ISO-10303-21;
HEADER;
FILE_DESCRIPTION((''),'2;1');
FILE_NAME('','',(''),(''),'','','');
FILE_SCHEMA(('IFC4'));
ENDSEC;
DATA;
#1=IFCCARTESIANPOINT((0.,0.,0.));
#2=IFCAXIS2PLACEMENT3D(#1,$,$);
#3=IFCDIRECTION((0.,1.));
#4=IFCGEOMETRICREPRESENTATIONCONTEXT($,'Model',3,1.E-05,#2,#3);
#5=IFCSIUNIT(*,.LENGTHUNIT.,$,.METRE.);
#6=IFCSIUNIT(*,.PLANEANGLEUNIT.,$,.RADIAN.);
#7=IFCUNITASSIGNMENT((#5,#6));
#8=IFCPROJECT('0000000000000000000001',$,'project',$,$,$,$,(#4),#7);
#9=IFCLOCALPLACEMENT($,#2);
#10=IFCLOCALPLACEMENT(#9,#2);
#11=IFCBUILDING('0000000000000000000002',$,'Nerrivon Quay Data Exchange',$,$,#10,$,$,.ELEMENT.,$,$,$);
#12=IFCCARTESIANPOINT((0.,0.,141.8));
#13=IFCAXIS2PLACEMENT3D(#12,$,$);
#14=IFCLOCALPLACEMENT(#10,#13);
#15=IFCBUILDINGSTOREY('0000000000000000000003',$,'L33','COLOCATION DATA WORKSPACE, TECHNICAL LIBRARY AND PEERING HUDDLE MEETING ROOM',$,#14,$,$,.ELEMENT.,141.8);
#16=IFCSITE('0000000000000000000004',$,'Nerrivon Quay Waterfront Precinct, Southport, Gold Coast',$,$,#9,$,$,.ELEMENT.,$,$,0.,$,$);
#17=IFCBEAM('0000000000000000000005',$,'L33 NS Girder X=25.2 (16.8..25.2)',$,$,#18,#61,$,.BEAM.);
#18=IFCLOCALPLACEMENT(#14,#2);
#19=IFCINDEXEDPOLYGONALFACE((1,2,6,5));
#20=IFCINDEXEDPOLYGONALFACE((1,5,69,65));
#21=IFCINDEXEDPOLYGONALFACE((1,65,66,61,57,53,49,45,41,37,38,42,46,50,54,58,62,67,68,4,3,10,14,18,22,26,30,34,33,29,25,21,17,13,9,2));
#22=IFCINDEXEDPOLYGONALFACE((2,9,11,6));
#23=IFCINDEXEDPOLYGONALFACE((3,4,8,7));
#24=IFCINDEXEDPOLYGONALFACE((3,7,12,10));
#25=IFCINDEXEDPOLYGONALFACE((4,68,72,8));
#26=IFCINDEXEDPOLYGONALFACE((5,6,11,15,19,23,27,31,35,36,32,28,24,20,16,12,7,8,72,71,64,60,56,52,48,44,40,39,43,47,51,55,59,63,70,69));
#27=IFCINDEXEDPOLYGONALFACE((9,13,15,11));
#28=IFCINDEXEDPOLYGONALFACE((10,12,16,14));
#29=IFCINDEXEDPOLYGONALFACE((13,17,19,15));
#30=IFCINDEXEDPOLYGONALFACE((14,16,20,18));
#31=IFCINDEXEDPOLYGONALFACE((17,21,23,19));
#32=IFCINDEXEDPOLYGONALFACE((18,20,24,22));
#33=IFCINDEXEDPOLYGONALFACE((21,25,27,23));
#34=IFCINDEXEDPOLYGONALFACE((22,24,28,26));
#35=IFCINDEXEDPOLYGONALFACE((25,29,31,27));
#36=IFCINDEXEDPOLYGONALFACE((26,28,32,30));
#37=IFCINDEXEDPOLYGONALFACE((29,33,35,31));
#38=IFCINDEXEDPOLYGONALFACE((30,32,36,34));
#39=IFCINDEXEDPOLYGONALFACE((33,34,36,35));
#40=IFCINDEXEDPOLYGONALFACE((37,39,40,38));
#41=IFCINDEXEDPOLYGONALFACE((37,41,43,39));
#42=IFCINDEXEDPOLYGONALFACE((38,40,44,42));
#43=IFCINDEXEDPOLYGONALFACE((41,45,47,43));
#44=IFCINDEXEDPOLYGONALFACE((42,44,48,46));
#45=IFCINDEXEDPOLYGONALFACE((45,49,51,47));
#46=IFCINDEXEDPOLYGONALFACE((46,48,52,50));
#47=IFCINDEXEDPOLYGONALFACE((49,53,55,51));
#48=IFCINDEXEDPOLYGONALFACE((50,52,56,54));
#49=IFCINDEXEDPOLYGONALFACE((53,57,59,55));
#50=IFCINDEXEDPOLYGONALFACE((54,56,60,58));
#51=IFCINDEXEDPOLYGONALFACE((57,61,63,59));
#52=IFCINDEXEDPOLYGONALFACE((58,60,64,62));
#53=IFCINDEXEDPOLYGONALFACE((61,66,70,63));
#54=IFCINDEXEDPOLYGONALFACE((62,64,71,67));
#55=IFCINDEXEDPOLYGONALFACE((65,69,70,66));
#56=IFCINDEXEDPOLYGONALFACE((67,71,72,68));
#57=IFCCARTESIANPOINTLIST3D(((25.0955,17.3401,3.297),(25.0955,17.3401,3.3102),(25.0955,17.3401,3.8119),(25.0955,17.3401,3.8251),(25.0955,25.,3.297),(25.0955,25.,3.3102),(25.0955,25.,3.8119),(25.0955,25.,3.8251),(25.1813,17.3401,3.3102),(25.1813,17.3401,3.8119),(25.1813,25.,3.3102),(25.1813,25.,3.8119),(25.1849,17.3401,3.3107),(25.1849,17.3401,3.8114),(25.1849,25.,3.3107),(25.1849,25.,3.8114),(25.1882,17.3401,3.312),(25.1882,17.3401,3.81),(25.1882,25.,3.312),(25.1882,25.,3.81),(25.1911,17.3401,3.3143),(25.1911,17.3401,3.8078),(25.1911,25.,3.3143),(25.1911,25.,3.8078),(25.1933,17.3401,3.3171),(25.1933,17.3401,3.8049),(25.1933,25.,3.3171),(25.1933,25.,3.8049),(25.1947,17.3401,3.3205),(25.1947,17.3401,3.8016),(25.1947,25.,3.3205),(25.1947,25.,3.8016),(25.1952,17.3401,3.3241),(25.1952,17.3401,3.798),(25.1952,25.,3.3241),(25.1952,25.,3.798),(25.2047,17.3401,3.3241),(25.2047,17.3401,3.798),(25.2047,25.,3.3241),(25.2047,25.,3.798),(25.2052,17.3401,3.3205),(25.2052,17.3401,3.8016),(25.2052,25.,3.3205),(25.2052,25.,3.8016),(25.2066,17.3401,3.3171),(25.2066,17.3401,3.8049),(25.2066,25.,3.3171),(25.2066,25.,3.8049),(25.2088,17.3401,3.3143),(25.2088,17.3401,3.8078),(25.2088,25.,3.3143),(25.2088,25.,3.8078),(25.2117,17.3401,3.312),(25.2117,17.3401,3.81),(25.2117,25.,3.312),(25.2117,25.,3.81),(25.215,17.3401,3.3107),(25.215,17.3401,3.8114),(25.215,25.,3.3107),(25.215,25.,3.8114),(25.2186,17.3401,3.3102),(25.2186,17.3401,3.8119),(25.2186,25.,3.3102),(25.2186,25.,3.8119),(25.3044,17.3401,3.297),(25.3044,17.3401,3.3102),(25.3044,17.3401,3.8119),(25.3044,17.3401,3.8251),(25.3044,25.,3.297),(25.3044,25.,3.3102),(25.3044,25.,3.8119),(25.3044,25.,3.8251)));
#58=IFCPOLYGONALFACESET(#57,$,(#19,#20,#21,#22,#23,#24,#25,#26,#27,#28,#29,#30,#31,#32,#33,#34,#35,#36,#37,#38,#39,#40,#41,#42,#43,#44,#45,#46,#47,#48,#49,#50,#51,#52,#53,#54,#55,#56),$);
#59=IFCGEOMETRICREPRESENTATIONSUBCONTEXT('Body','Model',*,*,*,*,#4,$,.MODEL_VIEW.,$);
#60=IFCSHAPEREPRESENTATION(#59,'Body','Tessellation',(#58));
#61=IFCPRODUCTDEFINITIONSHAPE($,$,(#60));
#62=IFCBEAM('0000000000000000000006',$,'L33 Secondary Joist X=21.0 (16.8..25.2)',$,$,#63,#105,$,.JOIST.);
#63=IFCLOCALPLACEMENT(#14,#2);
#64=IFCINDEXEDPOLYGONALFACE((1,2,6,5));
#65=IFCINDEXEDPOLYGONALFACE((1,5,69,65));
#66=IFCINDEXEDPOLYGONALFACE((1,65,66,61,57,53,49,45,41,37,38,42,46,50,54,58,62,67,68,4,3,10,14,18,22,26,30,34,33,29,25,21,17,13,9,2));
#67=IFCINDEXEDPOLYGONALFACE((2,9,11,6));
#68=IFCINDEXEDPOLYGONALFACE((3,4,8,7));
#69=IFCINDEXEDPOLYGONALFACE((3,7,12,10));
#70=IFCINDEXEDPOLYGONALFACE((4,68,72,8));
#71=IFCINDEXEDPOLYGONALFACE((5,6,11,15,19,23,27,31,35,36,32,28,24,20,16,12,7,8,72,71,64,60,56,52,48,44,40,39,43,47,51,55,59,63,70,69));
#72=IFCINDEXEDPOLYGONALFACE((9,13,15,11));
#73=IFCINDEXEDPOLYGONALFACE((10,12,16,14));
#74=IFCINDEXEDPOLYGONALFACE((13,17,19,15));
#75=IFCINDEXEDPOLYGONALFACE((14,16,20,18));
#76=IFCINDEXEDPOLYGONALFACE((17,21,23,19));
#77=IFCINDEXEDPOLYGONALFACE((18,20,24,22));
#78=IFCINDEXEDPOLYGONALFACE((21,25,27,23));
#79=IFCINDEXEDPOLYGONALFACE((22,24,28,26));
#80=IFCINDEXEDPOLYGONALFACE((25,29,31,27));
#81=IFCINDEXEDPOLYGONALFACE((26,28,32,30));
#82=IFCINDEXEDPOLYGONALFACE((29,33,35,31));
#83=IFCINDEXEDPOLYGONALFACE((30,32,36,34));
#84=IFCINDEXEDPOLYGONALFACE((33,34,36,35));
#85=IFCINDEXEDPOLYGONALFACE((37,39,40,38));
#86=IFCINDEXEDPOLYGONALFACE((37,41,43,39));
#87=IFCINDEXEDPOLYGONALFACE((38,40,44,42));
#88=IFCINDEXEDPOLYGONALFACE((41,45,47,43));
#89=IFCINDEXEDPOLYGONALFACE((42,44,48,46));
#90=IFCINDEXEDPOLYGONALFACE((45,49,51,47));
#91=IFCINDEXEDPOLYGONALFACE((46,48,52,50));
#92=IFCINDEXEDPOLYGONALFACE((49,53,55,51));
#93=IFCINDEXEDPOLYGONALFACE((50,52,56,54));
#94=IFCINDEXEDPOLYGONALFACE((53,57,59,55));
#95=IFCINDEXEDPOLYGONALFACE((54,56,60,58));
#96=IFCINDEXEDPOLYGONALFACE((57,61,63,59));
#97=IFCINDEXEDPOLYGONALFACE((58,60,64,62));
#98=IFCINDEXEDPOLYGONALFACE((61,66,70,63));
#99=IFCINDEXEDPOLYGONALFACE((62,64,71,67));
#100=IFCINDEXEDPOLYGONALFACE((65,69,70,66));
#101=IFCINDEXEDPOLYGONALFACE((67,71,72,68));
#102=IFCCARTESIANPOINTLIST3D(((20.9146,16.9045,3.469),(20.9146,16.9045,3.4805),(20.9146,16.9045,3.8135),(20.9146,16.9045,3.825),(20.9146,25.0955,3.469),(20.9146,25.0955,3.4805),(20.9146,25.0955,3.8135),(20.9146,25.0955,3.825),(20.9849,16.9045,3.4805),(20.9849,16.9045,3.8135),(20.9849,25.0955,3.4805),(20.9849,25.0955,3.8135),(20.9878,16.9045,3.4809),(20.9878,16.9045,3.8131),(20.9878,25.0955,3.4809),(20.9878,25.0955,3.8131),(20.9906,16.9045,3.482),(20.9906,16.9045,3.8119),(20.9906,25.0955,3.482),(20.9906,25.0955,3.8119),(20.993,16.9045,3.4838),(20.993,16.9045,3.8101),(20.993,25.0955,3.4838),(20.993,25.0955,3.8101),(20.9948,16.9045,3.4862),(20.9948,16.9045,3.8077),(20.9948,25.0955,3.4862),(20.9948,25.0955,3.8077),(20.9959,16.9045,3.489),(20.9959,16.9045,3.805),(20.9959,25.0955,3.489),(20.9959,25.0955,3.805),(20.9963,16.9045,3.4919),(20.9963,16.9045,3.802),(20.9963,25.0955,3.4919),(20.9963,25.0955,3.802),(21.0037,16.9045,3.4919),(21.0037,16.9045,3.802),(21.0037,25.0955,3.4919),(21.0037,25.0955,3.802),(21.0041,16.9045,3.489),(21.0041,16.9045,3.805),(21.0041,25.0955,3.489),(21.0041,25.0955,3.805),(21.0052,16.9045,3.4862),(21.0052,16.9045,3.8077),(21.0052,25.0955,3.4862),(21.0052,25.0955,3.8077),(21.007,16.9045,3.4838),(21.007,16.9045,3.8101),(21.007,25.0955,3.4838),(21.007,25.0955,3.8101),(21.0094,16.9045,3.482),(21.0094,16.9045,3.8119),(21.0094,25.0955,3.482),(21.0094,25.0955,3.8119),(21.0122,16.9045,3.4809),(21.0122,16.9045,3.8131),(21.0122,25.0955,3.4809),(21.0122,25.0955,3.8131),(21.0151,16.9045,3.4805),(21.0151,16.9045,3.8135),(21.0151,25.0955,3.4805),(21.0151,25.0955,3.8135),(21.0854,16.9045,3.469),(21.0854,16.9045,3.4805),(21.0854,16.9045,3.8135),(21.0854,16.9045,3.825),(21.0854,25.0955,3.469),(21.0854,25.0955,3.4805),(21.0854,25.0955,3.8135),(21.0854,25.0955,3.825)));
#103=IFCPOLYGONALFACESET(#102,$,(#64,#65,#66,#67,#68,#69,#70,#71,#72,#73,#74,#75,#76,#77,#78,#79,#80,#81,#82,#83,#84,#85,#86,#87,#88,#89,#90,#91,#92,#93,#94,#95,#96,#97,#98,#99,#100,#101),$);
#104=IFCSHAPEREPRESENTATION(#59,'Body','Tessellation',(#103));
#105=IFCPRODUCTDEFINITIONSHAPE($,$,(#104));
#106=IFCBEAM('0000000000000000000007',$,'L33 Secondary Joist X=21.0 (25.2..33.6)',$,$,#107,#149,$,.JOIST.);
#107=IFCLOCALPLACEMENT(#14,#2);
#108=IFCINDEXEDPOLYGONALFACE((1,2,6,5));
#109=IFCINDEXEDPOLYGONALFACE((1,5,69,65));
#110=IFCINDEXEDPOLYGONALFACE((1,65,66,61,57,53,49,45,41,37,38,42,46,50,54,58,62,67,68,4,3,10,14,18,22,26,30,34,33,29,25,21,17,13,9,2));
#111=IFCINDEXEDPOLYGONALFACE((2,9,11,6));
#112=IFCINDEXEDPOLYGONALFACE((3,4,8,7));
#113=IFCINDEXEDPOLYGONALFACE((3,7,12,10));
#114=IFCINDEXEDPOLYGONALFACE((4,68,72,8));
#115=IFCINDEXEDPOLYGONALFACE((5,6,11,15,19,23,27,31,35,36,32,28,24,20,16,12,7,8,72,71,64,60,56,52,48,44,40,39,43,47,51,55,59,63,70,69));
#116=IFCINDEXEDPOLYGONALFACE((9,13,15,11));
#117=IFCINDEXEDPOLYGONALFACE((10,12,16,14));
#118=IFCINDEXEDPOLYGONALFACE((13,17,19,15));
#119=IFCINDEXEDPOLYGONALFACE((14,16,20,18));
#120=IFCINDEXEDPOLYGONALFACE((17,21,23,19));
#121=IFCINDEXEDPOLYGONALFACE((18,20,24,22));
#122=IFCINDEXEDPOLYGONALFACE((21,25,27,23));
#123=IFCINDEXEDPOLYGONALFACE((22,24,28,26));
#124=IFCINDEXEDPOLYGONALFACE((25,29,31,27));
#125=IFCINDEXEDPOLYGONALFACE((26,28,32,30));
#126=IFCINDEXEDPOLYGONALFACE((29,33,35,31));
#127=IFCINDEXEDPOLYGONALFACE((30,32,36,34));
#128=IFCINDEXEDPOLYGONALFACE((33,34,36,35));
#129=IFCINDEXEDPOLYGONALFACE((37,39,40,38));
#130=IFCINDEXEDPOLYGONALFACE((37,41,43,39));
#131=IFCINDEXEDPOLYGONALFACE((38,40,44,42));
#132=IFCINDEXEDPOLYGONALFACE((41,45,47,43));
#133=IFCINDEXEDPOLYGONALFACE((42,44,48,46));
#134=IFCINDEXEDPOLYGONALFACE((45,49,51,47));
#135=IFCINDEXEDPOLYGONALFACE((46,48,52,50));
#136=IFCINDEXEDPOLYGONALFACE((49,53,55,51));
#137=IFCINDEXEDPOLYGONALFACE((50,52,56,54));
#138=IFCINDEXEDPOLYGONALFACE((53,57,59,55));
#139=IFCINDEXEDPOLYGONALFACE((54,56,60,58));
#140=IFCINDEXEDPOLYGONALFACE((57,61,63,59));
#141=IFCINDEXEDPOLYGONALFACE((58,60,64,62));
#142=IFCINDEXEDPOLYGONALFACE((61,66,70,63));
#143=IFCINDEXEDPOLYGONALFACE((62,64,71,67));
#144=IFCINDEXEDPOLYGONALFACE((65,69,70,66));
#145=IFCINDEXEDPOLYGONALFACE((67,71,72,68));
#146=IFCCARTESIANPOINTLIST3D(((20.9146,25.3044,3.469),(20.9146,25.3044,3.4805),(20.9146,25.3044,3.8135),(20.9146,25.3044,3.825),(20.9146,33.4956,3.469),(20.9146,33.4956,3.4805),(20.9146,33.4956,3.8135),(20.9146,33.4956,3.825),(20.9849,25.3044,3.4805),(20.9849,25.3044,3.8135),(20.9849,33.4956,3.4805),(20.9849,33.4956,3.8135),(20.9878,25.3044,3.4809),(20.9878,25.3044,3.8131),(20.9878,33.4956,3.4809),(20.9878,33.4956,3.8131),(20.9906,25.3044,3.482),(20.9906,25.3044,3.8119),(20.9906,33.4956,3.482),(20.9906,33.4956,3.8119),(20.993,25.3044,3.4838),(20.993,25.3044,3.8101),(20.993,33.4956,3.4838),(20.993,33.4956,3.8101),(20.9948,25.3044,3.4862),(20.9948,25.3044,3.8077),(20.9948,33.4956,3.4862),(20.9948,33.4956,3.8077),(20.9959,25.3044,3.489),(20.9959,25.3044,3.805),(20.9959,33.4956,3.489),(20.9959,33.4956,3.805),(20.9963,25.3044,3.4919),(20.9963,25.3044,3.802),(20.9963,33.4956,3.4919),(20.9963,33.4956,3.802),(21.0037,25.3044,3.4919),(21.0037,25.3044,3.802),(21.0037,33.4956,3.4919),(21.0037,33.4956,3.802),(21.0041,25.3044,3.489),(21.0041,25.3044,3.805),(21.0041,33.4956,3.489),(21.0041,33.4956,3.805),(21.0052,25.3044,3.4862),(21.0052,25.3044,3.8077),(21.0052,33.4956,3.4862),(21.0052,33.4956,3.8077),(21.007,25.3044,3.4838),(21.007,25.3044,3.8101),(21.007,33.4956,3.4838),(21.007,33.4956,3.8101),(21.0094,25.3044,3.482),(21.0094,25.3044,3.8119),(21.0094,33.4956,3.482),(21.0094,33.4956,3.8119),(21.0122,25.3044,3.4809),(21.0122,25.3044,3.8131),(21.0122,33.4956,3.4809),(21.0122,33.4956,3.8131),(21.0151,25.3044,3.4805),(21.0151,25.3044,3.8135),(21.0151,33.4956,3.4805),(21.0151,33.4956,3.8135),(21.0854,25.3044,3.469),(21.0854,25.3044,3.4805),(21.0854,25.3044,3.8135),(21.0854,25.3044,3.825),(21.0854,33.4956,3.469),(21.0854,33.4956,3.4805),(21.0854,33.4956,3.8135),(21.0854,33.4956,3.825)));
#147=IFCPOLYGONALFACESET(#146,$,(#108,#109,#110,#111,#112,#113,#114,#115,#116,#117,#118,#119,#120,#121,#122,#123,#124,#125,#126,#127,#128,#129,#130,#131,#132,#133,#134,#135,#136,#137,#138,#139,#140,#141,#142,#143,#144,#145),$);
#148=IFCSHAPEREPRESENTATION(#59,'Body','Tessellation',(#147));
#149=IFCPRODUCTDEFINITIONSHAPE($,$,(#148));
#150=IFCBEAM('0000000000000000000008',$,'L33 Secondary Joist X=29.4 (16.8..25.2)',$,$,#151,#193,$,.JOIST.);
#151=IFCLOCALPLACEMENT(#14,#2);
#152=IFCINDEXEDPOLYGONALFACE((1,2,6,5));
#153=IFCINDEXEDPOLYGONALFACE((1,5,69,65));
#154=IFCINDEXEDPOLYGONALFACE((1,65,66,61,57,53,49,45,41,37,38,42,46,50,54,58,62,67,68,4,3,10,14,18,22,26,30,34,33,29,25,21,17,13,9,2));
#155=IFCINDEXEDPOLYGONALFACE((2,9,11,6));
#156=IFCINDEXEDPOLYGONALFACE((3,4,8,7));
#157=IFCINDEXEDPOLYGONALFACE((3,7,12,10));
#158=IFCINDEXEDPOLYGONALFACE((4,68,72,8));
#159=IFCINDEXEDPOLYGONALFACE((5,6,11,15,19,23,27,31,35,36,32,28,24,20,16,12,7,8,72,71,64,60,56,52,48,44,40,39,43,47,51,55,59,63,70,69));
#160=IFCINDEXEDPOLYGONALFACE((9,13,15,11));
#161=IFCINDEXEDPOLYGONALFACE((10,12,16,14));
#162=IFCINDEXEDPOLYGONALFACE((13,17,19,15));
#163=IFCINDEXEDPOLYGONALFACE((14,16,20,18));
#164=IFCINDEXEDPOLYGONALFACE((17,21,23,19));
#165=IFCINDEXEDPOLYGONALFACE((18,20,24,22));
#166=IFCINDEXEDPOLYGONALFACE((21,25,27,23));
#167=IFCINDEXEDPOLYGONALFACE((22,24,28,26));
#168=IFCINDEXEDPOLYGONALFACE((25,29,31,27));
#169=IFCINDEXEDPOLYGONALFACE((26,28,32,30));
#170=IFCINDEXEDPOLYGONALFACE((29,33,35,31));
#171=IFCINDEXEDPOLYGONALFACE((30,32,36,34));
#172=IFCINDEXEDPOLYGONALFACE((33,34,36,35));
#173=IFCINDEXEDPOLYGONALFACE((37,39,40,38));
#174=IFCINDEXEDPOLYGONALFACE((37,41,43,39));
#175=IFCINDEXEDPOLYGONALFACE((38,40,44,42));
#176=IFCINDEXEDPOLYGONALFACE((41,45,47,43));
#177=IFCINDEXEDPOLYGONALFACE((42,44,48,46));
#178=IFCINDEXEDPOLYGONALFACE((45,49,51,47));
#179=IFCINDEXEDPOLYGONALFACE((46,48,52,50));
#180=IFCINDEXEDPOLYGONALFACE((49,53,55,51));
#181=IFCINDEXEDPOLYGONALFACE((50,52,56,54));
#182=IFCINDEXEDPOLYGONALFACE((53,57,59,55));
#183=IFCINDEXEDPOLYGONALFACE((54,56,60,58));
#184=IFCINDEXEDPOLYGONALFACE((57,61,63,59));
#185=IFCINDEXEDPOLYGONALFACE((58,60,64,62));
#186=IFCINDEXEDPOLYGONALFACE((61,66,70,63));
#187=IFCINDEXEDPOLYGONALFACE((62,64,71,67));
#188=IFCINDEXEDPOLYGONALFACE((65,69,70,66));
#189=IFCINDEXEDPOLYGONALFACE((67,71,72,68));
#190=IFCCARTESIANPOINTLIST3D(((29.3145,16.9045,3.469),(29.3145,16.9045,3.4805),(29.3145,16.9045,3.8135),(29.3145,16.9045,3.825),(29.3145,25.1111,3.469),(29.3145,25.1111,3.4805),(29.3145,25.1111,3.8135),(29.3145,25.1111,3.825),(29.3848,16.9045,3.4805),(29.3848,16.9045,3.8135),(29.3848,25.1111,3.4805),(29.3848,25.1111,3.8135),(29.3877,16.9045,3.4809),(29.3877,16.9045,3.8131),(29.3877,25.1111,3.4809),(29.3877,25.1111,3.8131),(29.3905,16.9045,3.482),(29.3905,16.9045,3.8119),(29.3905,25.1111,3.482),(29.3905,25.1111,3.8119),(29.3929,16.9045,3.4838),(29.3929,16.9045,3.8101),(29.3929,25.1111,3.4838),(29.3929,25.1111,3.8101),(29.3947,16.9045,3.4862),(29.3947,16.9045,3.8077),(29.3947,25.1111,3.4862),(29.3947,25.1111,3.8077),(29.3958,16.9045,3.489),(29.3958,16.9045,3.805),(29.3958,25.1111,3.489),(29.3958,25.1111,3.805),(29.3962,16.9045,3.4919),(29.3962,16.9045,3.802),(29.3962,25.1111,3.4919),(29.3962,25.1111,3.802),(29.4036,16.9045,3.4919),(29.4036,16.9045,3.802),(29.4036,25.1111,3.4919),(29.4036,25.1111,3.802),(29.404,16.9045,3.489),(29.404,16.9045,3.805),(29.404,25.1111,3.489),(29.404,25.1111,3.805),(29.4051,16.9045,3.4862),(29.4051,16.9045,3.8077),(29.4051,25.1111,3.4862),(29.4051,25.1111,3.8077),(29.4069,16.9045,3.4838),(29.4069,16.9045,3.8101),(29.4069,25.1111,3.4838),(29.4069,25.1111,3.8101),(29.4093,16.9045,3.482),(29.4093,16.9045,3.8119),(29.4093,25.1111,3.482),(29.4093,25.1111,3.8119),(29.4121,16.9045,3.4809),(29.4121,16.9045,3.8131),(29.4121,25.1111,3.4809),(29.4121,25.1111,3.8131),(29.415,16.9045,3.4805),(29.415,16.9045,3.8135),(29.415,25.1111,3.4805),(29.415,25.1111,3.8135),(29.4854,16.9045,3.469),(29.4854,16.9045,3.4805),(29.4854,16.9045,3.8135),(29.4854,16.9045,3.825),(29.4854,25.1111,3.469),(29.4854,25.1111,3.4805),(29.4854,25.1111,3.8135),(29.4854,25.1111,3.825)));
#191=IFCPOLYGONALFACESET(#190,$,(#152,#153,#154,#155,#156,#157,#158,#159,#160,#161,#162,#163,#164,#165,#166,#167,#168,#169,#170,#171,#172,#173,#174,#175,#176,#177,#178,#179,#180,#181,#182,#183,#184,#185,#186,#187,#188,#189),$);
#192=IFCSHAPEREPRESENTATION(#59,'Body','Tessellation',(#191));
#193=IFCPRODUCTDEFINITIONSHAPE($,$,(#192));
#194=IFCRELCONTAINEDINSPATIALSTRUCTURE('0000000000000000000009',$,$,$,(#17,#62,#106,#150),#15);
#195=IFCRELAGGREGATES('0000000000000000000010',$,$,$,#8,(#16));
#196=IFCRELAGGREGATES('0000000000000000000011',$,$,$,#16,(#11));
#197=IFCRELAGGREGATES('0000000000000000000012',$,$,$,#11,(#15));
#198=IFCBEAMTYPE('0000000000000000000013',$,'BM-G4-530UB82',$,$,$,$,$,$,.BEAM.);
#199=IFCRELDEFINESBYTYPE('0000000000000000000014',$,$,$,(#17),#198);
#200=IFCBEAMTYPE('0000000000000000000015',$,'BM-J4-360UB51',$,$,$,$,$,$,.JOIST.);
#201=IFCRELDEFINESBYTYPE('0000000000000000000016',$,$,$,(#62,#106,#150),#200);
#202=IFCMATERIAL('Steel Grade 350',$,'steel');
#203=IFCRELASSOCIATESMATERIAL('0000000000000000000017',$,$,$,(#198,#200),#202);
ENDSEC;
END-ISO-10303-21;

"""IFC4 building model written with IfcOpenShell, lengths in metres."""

from ifc_helpers import new_model, si_unit, direction, frame, origin, origin_2d, place, context, subcontext, project, spatial, i_section, extrude, material, material_profile, profile_set, type_object, element, save


model = new_model("IFC4")

# Units and contexts
model_context = context("Model", 3, precision=1e-05, world=origin(), true_north=direction((0.0, 1.0)))
body_context = subcontext(model_context, "Body", "Model", "MODEL_VIEW")
ifc_project = project(units=[si_unit("LENGTHUNIT", "METRE"), si_unit("PLANEANGLEUNIT", "RADIAN")], contexts=[model_context])

# Site, building, storey
site_placement = place(None, origin())
site = spatial("IfcSite", under=ifc_project, at=site_placement, Name="Nerrivon Quay Waterfront Precinct, Southport, Gold Coast", CompositionType="ELEMENT", RefElevation=0.0)
building_placement = place(site_placement, origin())
building = spatial("IfcBuilding", under=site, at=building_placement, Name="Nerrivon Quay Data Exchange", CompositionType="ELEMENT")
storey_placement = place(building_placement, frame((0.0, 0.0, 141.8)))
storey = spatial("IfcBuildingStorey", under=building, at=storey_placement, Name="L33", Description="COLOCATION DATA WORKSPACE, TECHNICAL LIBRARY AND PEERING HUDDLE MEETING ROOM", CompositionType="ELEMENT", Elevation=141.8)

# Shared definitions
ifc_material_1 = material(Name="Steel Grade 350", Category="steel")

# Beams
ifc_material_profile_1 = material_profile(ifc_material_1, i_section(OverallWidth=0.209, OverallDepth=0.5281, WebThickness=0.0095, FlangeThickness=0.0132, FilletRadius=0.0139, at=origin_2d()), Name="530UB82.0")
ifc_profile_set_1 = profile_set([ifc_material_profile_1], Name="Steel Grade 350")
beam_type_1 = type_object("IfcBeamType", Name="BM-G4-530UB82", PredefinedType="BEAM", material=ifc_profile_set_1)
beam_1_placement = place(storey_placement, frame((25.2, 17.3401, 3.561), z_axis=(0.0, 1.0, 0.0), x_axis=(-1.0, 0.0, 0.0)))
element("IfcBeam", 1, at=beam_1_placement, inside=storey, type_object=beam_type_1, Name="L33 NS Girder X=25.2 (16.8..25.2)", PredefinedType="BEAM", context=body_context, shape_type="SweptSolid", body=[
    extrude(i_section(OverallWidth=0.209, OverallDepth=0.5281, WebThickness=0.0095, FlangeThickness=0.0132, FilletRadius=0.0139, at=origin_2d()), origin(), (0.0, 0.0, 1.0), 7.6599),
])
ifc_material_profile_2 = material_profile(ifc_material_1, i_section(OverallWidth=0.1709, OverallDepth=0.356, WebThickness=0.0073, FlangeThickness=0.0115, FilletRadius=0.0115, at=origin_2d()), Name="360UB50.7")
ifc_profile_set_2 = profile_set([ifc_material_profile_2], Name="Steel Grade 350")
beam_type_2 = type_object("IfcBeamType", Name="BM-J4-360UB51", PredefinedType="JOIST", material=ifc_profile_set_2)
beam_2_placement = place(storey_placement, frame((21.0, 16.9045, 3.647), z_axis=(0.0, 1.0, 0.0), x_axis=(-1.0, 0.0, 0.0)))
element("IfcBeam", 2, at=beam_2_placement, inside=storey, type_object=beam_type_2, Name="L33 Secondary Joist X=21.0 (16.8..25.2)", PredefinedType="JOIST", context=body_context, shape_type="SweptSolid", body=[
    extrude(i_section(OverallWidth=0.1709, OverallDepth=0.356, WebThickness=0.0073, FlangeThickness=0.0115, FilletRadius=0.0115, at=origin_2d()), origin(), (0.0, 0.0, 1.0), 8.1909),
])
beam_3_placement = place(storey_placement, frame((21.0, 25.3044, 3.647), z_axis=(0.0, 1.0, 0.0), x_axis=(-1.0, 0.0, 0.0)))
element("IfcBeam", 3, at=beam_3_placement, inside=storey, type_object=beam_type_2, Name="L33 Secondary Joist X=21.0 (25.2..33.6)", PredefinedType="JOIST", context=body_context, shape_type="SweptSolid", body=[
    extrude(i_section(OverallWidth=0.1709, OverallDepth=0.356, WebThickness=0.0073, FlangeThickness=0.0115, FilletRadius=0.0115, at=origin_2d()), origin(), (0.0, 0.0, 1.0), 8.1912),
])
beam_4_placement = place(storey_placement, frame((29.3999, 16.9045, 3.647), z_axis=(0.0, 1.0, 0.0), x_axis=(-1.0, 0.0, 0.0)))
element("IfcBeam", 4, at=beam_4_placement, inside=storey, type_object=beam_type_2, Name="L33 Secondary Joist X=29.4 (16.8..25.2)", PredefinedType="JOIST", context=body_context, shape_type="SweptSolid", body=[
    extrude(i_section(OverallWidth=0.1709, OverallDepth=0.356, WebThickness=0.0073, FlangeThickness=0.0115, FilletRadius=0.0115, at=origin_2d()), origin(), (0.0, 0.0, 1.0), 8.2065),
])

save(model, "model.ifc")
